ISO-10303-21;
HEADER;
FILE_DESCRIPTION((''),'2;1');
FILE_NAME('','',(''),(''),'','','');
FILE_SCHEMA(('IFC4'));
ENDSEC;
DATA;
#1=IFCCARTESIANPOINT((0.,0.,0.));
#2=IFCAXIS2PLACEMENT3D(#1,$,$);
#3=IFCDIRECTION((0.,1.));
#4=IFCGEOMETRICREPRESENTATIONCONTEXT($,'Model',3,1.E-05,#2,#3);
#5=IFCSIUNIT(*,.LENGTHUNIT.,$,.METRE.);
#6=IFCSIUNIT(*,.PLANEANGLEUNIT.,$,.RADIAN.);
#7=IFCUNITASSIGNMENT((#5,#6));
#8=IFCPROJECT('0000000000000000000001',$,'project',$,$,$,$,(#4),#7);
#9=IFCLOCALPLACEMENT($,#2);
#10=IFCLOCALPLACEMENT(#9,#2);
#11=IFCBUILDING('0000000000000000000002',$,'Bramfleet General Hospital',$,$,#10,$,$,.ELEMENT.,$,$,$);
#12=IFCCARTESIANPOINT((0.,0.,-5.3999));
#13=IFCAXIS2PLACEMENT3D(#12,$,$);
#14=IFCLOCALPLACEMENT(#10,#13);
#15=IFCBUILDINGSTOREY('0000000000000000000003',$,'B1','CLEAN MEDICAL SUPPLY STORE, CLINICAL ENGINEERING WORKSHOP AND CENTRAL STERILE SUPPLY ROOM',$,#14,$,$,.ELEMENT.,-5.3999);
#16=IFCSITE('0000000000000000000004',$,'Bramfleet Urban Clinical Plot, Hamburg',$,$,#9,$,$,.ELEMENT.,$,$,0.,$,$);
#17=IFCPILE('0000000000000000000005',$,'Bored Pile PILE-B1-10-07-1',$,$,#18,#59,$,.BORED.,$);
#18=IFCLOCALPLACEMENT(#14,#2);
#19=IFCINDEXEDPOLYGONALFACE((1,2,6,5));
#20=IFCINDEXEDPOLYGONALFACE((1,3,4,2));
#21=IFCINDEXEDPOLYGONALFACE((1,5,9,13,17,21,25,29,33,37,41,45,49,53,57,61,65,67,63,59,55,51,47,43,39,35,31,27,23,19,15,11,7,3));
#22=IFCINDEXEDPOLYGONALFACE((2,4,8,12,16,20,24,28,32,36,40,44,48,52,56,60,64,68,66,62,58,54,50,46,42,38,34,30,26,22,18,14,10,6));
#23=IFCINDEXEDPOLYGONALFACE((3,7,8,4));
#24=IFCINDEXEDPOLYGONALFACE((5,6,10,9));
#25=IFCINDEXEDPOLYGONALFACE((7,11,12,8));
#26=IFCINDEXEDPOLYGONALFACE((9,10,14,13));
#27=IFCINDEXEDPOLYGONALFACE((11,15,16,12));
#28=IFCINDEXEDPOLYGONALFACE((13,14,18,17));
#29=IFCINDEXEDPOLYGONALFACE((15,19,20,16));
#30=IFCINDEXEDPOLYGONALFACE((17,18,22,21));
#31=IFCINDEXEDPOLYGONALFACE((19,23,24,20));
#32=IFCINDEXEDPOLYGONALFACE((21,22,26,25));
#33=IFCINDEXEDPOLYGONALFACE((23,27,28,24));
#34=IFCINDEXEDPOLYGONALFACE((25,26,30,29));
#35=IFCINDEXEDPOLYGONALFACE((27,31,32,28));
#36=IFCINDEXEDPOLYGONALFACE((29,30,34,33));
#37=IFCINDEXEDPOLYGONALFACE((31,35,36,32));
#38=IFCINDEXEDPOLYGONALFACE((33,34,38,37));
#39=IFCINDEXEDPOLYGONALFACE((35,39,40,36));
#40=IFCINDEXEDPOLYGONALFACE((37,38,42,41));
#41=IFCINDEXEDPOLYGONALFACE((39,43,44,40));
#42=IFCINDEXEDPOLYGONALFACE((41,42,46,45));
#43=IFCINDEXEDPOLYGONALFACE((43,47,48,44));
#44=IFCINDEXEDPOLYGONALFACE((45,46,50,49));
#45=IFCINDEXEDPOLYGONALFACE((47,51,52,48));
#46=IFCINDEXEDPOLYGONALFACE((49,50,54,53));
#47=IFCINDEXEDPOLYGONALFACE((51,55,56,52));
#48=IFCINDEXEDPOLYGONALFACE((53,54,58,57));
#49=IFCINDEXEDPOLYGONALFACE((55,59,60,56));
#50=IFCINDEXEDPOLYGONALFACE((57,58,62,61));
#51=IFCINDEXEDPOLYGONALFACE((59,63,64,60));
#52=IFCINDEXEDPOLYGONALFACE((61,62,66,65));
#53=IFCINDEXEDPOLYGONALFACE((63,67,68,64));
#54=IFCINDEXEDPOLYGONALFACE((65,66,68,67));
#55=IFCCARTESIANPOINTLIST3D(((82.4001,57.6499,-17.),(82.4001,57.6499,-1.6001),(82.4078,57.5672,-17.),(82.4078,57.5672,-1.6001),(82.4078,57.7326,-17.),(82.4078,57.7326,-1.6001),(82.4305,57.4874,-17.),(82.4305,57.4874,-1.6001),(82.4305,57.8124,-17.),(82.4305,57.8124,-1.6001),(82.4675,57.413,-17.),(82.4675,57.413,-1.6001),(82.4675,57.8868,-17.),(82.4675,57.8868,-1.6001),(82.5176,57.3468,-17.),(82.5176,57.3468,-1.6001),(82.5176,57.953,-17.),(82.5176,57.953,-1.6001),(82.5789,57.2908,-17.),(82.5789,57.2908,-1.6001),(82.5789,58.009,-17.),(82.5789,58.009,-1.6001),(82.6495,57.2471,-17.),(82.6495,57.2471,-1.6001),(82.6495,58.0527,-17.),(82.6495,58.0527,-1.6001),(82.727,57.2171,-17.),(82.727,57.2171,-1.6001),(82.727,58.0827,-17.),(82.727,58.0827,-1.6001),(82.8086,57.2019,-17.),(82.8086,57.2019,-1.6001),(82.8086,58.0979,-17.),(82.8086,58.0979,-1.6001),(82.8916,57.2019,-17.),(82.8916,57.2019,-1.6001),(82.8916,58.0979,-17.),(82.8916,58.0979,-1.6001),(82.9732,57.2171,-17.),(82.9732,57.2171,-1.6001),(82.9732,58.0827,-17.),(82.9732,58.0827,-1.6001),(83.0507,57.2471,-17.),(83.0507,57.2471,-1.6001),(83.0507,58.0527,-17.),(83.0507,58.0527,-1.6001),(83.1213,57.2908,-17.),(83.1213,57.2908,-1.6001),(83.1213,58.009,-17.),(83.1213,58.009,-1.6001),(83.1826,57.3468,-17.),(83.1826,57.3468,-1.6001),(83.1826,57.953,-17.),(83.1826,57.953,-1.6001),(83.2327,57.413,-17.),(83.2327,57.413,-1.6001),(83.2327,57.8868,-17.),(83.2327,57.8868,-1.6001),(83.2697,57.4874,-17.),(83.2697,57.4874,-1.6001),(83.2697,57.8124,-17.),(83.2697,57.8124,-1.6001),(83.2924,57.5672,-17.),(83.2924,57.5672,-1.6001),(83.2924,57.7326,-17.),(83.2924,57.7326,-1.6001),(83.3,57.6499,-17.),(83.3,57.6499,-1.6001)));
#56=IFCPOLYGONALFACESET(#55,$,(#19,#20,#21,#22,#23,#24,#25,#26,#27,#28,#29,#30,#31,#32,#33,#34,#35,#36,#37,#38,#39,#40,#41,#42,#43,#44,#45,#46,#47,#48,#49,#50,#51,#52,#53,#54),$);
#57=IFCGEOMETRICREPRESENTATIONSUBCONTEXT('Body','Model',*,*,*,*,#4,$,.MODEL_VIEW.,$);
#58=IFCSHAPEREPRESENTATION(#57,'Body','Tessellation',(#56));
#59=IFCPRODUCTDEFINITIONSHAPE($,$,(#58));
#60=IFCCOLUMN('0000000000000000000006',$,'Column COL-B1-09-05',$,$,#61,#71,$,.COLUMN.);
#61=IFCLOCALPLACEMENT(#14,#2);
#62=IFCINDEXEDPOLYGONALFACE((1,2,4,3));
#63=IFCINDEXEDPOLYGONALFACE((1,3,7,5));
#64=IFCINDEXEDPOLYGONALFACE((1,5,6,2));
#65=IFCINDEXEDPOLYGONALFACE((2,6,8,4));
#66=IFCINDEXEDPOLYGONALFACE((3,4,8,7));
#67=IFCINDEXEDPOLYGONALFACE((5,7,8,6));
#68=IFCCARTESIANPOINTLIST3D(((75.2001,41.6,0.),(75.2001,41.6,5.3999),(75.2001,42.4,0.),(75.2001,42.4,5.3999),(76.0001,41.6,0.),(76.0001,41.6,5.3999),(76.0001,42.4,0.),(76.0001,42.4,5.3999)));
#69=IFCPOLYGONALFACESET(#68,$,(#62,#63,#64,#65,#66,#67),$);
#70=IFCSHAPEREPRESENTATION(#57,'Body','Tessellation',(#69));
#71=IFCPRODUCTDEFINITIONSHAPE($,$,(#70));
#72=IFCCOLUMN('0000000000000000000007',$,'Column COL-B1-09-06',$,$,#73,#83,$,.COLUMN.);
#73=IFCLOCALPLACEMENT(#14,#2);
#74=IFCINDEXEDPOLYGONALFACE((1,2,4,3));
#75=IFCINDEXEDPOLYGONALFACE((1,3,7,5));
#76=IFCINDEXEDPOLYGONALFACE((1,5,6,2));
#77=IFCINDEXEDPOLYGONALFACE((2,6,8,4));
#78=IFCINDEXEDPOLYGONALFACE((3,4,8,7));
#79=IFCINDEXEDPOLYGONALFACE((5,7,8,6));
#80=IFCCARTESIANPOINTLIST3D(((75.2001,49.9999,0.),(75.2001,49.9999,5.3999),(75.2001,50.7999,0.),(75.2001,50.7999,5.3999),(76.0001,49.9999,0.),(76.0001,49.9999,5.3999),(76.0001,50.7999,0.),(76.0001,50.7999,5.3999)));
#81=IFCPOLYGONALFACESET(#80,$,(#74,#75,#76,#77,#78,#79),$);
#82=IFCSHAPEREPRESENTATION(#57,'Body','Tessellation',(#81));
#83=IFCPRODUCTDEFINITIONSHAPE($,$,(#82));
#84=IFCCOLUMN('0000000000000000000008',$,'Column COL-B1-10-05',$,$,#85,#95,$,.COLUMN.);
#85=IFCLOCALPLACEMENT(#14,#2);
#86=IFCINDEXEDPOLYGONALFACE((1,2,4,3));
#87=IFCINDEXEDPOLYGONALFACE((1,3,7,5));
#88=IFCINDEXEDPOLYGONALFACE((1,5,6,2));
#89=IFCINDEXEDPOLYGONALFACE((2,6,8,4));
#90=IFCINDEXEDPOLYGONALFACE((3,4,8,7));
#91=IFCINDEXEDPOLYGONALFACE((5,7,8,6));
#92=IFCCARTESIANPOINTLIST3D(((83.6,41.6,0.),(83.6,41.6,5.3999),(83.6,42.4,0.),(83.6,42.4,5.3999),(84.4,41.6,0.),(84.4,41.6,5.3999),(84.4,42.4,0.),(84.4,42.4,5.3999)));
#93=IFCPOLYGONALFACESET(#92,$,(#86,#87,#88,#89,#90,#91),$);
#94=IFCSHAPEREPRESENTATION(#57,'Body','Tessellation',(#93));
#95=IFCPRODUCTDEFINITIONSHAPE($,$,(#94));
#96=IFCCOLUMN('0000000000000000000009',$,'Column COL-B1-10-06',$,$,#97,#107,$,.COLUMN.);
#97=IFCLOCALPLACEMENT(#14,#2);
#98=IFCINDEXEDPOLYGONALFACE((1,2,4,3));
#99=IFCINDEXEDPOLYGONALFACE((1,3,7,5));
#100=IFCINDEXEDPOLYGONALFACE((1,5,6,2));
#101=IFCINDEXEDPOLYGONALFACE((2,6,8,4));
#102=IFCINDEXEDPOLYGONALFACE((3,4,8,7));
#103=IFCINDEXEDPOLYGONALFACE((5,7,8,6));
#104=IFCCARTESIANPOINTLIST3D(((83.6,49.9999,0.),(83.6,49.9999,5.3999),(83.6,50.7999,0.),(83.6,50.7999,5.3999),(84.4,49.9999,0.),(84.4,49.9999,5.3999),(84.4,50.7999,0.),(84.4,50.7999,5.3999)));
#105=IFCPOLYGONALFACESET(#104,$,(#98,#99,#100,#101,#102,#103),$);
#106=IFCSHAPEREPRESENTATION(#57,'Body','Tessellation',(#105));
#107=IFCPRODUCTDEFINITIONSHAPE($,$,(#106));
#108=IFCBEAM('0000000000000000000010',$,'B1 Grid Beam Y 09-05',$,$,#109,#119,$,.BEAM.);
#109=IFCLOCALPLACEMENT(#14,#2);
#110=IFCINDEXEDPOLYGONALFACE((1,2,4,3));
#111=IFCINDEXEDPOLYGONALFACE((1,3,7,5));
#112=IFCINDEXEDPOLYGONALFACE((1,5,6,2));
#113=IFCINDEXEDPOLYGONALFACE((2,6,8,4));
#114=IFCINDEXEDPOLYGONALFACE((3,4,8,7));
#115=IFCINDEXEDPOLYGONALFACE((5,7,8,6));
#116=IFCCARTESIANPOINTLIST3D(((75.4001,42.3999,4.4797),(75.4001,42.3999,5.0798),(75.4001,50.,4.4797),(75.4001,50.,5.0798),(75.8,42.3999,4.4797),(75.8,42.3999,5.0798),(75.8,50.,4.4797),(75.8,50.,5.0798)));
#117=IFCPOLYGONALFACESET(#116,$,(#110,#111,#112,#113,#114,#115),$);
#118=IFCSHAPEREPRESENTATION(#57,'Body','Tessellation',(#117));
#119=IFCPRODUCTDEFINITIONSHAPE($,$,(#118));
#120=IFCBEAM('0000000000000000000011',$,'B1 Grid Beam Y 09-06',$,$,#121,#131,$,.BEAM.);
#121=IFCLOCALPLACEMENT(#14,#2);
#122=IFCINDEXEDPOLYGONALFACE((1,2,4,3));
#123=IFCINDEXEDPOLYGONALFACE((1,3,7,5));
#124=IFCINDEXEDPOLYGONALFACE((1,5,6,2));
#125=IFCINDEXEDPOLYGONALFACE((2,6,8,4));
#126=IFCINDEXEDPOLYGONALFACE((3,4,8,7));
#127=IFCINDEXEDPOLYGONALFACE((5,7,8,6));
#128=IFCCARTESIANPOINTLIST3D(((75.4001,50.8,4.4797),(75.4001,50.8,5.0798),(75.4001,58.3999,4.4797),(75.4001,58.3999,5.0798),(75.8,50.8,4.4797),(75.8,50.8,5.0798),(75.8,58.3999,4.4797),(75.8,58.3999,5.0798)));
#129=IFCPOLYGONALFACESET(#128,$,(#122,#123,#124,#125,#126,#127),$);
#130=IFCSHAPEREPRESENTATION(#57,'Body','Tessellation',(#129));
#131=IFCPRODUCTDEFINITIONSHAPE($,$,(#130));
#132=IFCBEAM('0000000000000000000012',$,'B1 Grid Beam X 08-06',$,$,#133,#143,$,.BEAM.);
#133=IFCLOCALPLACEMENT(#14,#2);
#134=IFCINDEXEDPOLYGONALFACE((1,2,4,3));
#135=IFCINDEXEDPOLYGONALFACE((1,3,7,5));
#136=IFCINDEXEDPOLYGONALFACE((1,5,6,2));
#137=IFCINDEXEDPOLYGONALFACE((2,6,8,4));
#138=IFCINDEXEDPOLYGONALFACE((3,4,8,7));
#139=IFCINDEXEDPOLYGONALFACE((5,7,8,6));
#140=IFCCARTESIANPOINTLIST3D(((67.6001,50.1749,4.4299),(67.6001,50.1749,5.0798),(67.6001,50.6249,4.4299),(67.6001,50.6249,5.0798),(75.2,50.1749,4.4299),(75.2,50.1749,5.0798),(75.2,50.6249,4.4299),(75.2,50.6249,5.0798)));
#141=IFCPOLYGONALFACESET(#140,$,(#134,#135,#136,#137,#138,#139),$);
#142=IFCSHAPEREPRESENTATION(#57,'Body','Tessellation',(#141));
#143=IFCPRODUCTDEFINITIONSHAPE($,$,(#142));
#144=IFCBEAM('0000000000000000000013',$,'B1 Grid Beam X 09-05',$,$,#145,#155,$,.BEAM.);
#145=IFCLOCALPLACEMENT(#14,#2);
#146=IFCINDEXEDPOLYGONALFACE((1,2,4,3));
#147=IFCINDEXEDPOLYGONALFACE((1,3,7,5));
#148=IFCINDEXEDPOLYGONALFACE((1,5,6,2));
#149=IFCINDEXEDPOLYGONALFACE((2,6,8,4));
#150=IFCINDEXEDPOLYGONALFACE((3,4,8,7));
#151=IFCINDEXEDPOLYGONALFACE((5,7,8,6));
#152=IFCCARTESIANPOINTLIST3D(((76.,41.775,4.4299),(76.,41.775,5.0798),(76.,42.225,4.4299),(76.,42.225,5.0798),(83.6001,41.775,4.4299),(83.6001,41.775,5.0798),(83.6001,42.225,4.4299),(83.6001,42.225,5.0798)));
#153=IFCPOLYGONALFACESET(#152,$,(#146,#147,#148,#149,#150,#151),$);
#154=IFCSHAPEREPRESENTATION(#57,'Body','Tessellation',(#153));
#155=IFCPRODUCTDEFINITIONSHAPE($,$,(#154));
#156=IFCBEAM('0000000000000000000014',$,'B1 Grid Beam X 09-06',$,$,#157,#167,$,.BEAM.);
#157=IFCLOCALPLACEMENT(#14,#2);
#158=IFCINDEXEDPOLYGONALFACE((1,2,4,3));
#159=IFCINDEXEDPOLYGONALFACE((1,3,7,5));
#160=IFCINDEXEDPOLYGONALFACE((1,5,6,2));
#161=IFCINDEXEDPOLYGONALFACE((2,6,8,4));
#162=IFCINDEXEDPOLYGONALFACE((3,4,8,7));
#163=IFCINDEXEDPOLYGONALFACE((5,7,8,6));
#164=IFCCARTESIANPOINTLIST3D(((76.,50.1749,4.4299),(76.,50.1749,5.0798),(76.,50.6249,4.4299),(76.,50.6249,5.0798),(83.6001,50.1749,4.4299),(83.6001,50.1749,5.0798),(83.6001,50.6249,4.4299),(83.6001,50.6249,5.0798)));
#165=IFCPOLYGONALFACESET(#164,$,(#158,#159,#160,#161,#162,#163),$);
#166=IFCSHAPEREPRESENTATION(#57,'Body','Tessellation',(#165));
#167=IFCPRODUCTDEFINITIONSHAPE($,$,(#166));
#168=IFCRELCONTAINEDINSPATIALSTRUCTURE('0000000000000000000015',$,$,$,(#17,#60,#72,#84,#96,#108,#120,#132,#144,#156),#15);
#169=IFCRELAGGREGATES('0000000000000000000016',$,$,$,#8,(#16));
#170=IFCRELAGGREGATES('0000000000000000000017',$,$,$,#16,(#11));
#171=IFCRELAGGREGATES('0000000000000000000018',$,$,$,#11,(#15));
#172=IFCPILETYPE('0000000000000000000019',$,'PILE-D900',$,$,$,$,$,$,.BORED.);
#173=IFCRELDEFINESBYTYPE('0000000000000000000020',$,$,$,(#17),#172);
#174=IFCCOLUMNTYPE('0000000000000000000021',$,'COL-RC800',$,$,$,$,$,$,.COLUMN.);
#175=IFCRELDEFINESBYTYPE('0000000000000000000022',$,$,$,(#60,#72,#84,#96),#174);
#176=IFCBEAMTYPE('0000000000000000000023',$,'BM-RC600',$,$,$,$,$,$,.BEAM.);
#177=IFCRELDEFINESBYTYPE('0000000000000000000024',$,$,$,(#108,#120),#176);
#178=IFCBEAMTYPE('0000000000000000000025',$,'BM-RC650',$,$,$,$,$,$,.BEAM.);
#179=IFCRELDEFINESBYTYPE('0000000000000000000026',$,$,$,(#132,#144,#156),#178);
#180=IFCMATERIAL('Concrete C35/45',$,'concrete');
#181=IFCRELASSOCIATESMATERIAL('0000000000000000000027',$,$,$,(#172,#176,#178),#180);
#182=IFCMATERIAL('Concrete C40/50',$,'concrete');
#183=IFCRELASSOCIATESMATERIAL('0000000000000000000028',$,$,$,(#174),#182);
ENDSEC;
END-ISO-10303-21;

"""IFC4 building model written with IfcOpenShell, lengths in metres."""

from ifc_helpers import new_model, si_unit, direction, frame, origin, origin_2d, place, context, subcontext, project, spatial, rectangle, circle, extrude, material, material_profile, profile_set, type_object, element, save


model = new_model("IFC4")

# Units and contexts
model_context = context("Model", 3, precision=1e-05, world=origin(), true_north=direction((0.0, 1.0)))
body_context = subcontext(model_context, "Body", "Model", "MODEL_VIEW")
ifc_project = project(units=[si_unit("LENGTHUNIT", "METRE"), si_unit("PLANEANGLEUNIT", "RADIAN")], contexts=[model_context])

# Site, building, storey
site_placement = place(None, origin())
site = spatial("IfcSite", under=ifc_project, at=site_placement, Name="Bramfleet Urban Clinical Plot, Hamburg", CompositionType="ELEMENT", RefElevation=0.0)
building_placement = place(site_placement, origin())
building = spatial("IfcBuilding", under=site, at=building_placement, Name="Bramfleet General Hospital", CompositionType="ELEMENT")
storey_placement = place(building_placement, frame((0.0, 0.0, -5.3999)))
storey = spatial("IfcBuildingStorey", under=building, at=storey_placement, Name="B1", Description="CLEAN MEDICAL SUPPLY STORE, CLINICAL ENGINEERING WORKSHOP AND CENTRAL STERILE SUPPLY ROOM", CompositionType="ELEMENT", Elevation=-5.3999)

# Shared definitions
ifc_material_1 = material(Name="Concrete C35/45", Category="concrete")

# Pile
ifc_material_profile_1 = material_profile(ifc_material_1, circle(Radius=0.45, at=origin_2d()), Name="PILE BORED D900")
ifc_profile_set_1 = profile_set([ifc_material_profile_1], Name="Concrete C35/45")
pile_type_1 = type_object("IfcPileType", Name="PILE-D900", PredefinedType="BORED", material=ifc_profile_set_1)
for number, where, z_axis, x_axis, name in (
    (1, (82.8501, 57.6499, -1.6001), (0.0, 0.0, -1.0), (1.0, 0.0, 0.0), "Bored Pile PILE-B1-10-07-1"),
):
    element("IfcPile", number, at=place(storey_placement, frame(where, z_axis=z_axis, x_axis=x_axis)), inside=storey, type_object=pile_type_1, Name=name, PredefinedType="BORED", context=body_context, shape_type="SweptSolid", body=[
        extrude(circle(Radius=0.45, at=origin_2d()), origin(), (0.0, 0.0, 1.0), 15.3999),
    ])

# Columns
ifc_material_2 = material(Name="Concrete C40/50", Category="concrete")
ifc_material_profile_2 = material_profile(ifc_material_2, rectangle(XDim=0.8, YDim=0.8, at=origin_2d()), Name="RC COL 800x800")
ifc_profile_set_2 = profile_set([ifc_material_profile_2], Name="Concrete C40/50")
column_type = type_object("IfcColumnType", Name="COL-RC800", PredefinedType="COLUMN", material=ifc_profile_set_2)
for number, where, z_axis, x_axis, name in (
    (2, (75.6001, 42.0, 0.0), (0.0, 0.0, 1.0), (1.0, 0.0, 0.0), "Column COL-B1-09-05"),
    (3, (75.6001, 50.3999, 0.0), (0.0, 0.0, 1.0), (1.0, 0.0, 0.0), "Column COL-B1-09-06"),
    (4, (84.0, 42.0, 0.0), (0.0, 0.0, 1.0), (1.0, 0.0, 0.0), "Column COL-B1-10-05"),
    (5, (84.0, 50.3999, 0.0), (0.0, 0.0, 1.0), (1.0, 0.0, 0.0), "Column COL-B1-10-06"),
):
    element("IfcColumn", number, at=place(storey_placement, frame(where, z_axis=z_axis, x_axis=x_axis)), inside=storey, type_object=column_type, Name=name, PredefinedType="COLUMN", context=body_context, shape_type="SweptSolid", body=[
        extrude(rectangle(XDim=0.8, YDim=0.8, at=origin_2d()), origin(), (0.0, 0.0, 1.0), 5.3999),
    ])

# Beams
ifc_material_profile_3 = material_profile(ifc_material_1, rectangle(XDim=0.3999, YDim=0.6001, at=origin_2d()), Name="RC BM 600x400")
ifc_profile_set_3 = profile_set([ifc_material_profile_3], Name="Concrete C35/45")
beam_type_1 = type_object("IfcBeamType", Name="BM-RC600", PredefinedType="BEAM", material=ifc_profile_set_3)
beam_1_placement = place(storey_placement, frame((75.6001, 42.3999, 4.7798), z_axis=(0.0, 1.0, 0.0), x_axis=(-1.0, 0.0, 0.0)))
element("IfcBeam", 6, at=beam_1_placement, inside=storey, type_object=beam_type_1, Name="B1 Grid Beam Y 09-05", PredefinedType="BEAM", context=body_context, shape_type="SweptSolid", body=[
    extrude(rectangle(XDim=0.3999, YDim=0.6001, at=origin_2d()), origin(), (0.0, 0.0, 1.0), 7.6001),
])
beam_2_placement = place(storey_placement, frame((75.6001, 50.8, 4.7798), z_axis=(0.0, 1.0, 0.0), x_axis=(-1.0, 0.0, 0.0)))
element("IfcBeam", 7, at=beam_2_placement, inside=storey, type_object=beam_type_1, Name="B1 Grid Beam Y 09-06", PredefinedType="BEAM", context=body_context, shape_type="SweptSolid", body=[
    extrude(rectangle(XDim=0.3999, YDim=0.6001, at=origin_2d()), origin(), (0.0, 0.0, 1.0), 7.5999),
])
ifc_material_profile_4 = material_profile(ifc_material_1, rectangle(XDim=0.45, YDim=0.6499, at=origin_2d()), Name="RC BM 650x450")
ifc_profile_set_4 = profile_set([ifc_material_profile_4], Name="Concrete C35/45")
beam_type_2 = type_object("IfcBeamType", Name="BM-RC650", PredefinedType="BEAM", material=ifc_profile_set_4)
beam_3_placement = place(storey_placement, frame((67.6001, 50.3999, 4.7549), z_axis=(1.0, 0.0, 0.0), x_axis=(0.0, 1.0, 0.0)))
element("IfcBeam", 8, at=beam_3_placement, inside=storey, type_object=beam_type_2, Name="B1 Grid Beam X 08-06", PredefinedType="BEAM", context=body_context, shape_type="SweptSolid", body=[
    extrude(rectangle(XDim=0.45, YDim=0.6499, at=origin_2d()), origin(), (0.0, 0.0, 1.0), 7.5999),
])
for number, where, z_axis, x_axis, name in (
    (9, (76.0, 42.0, 4.7549), (1.0, 0.0, 0.0), (0.0, 1.0, 0.0), "B1 Grid Beam X 09-05"),
    (10, (76.0, 50.3999, 4.7549), (1.0, 0.0, 0.0), (0.0, 1.0, 0.0), "B1 Grid Beam X 09-06"),
):
    element("IfcBeam", number, at=place(storey_placement, frame(where, z_axis=z_axis, x_axis=x_axis)), inside=storey, type_object=beam_type_2, Name=name, PredefinedType="BEAM", context=body_context, shape_type="SweptSolid", body=[
        extrude(rectangle(XDim=0.45, YDim=0.6499, at=origin_2d()), origin(), (0.0, 0.0, 1.0), 7.6001),
    ])

save(model, "model.ifc")
